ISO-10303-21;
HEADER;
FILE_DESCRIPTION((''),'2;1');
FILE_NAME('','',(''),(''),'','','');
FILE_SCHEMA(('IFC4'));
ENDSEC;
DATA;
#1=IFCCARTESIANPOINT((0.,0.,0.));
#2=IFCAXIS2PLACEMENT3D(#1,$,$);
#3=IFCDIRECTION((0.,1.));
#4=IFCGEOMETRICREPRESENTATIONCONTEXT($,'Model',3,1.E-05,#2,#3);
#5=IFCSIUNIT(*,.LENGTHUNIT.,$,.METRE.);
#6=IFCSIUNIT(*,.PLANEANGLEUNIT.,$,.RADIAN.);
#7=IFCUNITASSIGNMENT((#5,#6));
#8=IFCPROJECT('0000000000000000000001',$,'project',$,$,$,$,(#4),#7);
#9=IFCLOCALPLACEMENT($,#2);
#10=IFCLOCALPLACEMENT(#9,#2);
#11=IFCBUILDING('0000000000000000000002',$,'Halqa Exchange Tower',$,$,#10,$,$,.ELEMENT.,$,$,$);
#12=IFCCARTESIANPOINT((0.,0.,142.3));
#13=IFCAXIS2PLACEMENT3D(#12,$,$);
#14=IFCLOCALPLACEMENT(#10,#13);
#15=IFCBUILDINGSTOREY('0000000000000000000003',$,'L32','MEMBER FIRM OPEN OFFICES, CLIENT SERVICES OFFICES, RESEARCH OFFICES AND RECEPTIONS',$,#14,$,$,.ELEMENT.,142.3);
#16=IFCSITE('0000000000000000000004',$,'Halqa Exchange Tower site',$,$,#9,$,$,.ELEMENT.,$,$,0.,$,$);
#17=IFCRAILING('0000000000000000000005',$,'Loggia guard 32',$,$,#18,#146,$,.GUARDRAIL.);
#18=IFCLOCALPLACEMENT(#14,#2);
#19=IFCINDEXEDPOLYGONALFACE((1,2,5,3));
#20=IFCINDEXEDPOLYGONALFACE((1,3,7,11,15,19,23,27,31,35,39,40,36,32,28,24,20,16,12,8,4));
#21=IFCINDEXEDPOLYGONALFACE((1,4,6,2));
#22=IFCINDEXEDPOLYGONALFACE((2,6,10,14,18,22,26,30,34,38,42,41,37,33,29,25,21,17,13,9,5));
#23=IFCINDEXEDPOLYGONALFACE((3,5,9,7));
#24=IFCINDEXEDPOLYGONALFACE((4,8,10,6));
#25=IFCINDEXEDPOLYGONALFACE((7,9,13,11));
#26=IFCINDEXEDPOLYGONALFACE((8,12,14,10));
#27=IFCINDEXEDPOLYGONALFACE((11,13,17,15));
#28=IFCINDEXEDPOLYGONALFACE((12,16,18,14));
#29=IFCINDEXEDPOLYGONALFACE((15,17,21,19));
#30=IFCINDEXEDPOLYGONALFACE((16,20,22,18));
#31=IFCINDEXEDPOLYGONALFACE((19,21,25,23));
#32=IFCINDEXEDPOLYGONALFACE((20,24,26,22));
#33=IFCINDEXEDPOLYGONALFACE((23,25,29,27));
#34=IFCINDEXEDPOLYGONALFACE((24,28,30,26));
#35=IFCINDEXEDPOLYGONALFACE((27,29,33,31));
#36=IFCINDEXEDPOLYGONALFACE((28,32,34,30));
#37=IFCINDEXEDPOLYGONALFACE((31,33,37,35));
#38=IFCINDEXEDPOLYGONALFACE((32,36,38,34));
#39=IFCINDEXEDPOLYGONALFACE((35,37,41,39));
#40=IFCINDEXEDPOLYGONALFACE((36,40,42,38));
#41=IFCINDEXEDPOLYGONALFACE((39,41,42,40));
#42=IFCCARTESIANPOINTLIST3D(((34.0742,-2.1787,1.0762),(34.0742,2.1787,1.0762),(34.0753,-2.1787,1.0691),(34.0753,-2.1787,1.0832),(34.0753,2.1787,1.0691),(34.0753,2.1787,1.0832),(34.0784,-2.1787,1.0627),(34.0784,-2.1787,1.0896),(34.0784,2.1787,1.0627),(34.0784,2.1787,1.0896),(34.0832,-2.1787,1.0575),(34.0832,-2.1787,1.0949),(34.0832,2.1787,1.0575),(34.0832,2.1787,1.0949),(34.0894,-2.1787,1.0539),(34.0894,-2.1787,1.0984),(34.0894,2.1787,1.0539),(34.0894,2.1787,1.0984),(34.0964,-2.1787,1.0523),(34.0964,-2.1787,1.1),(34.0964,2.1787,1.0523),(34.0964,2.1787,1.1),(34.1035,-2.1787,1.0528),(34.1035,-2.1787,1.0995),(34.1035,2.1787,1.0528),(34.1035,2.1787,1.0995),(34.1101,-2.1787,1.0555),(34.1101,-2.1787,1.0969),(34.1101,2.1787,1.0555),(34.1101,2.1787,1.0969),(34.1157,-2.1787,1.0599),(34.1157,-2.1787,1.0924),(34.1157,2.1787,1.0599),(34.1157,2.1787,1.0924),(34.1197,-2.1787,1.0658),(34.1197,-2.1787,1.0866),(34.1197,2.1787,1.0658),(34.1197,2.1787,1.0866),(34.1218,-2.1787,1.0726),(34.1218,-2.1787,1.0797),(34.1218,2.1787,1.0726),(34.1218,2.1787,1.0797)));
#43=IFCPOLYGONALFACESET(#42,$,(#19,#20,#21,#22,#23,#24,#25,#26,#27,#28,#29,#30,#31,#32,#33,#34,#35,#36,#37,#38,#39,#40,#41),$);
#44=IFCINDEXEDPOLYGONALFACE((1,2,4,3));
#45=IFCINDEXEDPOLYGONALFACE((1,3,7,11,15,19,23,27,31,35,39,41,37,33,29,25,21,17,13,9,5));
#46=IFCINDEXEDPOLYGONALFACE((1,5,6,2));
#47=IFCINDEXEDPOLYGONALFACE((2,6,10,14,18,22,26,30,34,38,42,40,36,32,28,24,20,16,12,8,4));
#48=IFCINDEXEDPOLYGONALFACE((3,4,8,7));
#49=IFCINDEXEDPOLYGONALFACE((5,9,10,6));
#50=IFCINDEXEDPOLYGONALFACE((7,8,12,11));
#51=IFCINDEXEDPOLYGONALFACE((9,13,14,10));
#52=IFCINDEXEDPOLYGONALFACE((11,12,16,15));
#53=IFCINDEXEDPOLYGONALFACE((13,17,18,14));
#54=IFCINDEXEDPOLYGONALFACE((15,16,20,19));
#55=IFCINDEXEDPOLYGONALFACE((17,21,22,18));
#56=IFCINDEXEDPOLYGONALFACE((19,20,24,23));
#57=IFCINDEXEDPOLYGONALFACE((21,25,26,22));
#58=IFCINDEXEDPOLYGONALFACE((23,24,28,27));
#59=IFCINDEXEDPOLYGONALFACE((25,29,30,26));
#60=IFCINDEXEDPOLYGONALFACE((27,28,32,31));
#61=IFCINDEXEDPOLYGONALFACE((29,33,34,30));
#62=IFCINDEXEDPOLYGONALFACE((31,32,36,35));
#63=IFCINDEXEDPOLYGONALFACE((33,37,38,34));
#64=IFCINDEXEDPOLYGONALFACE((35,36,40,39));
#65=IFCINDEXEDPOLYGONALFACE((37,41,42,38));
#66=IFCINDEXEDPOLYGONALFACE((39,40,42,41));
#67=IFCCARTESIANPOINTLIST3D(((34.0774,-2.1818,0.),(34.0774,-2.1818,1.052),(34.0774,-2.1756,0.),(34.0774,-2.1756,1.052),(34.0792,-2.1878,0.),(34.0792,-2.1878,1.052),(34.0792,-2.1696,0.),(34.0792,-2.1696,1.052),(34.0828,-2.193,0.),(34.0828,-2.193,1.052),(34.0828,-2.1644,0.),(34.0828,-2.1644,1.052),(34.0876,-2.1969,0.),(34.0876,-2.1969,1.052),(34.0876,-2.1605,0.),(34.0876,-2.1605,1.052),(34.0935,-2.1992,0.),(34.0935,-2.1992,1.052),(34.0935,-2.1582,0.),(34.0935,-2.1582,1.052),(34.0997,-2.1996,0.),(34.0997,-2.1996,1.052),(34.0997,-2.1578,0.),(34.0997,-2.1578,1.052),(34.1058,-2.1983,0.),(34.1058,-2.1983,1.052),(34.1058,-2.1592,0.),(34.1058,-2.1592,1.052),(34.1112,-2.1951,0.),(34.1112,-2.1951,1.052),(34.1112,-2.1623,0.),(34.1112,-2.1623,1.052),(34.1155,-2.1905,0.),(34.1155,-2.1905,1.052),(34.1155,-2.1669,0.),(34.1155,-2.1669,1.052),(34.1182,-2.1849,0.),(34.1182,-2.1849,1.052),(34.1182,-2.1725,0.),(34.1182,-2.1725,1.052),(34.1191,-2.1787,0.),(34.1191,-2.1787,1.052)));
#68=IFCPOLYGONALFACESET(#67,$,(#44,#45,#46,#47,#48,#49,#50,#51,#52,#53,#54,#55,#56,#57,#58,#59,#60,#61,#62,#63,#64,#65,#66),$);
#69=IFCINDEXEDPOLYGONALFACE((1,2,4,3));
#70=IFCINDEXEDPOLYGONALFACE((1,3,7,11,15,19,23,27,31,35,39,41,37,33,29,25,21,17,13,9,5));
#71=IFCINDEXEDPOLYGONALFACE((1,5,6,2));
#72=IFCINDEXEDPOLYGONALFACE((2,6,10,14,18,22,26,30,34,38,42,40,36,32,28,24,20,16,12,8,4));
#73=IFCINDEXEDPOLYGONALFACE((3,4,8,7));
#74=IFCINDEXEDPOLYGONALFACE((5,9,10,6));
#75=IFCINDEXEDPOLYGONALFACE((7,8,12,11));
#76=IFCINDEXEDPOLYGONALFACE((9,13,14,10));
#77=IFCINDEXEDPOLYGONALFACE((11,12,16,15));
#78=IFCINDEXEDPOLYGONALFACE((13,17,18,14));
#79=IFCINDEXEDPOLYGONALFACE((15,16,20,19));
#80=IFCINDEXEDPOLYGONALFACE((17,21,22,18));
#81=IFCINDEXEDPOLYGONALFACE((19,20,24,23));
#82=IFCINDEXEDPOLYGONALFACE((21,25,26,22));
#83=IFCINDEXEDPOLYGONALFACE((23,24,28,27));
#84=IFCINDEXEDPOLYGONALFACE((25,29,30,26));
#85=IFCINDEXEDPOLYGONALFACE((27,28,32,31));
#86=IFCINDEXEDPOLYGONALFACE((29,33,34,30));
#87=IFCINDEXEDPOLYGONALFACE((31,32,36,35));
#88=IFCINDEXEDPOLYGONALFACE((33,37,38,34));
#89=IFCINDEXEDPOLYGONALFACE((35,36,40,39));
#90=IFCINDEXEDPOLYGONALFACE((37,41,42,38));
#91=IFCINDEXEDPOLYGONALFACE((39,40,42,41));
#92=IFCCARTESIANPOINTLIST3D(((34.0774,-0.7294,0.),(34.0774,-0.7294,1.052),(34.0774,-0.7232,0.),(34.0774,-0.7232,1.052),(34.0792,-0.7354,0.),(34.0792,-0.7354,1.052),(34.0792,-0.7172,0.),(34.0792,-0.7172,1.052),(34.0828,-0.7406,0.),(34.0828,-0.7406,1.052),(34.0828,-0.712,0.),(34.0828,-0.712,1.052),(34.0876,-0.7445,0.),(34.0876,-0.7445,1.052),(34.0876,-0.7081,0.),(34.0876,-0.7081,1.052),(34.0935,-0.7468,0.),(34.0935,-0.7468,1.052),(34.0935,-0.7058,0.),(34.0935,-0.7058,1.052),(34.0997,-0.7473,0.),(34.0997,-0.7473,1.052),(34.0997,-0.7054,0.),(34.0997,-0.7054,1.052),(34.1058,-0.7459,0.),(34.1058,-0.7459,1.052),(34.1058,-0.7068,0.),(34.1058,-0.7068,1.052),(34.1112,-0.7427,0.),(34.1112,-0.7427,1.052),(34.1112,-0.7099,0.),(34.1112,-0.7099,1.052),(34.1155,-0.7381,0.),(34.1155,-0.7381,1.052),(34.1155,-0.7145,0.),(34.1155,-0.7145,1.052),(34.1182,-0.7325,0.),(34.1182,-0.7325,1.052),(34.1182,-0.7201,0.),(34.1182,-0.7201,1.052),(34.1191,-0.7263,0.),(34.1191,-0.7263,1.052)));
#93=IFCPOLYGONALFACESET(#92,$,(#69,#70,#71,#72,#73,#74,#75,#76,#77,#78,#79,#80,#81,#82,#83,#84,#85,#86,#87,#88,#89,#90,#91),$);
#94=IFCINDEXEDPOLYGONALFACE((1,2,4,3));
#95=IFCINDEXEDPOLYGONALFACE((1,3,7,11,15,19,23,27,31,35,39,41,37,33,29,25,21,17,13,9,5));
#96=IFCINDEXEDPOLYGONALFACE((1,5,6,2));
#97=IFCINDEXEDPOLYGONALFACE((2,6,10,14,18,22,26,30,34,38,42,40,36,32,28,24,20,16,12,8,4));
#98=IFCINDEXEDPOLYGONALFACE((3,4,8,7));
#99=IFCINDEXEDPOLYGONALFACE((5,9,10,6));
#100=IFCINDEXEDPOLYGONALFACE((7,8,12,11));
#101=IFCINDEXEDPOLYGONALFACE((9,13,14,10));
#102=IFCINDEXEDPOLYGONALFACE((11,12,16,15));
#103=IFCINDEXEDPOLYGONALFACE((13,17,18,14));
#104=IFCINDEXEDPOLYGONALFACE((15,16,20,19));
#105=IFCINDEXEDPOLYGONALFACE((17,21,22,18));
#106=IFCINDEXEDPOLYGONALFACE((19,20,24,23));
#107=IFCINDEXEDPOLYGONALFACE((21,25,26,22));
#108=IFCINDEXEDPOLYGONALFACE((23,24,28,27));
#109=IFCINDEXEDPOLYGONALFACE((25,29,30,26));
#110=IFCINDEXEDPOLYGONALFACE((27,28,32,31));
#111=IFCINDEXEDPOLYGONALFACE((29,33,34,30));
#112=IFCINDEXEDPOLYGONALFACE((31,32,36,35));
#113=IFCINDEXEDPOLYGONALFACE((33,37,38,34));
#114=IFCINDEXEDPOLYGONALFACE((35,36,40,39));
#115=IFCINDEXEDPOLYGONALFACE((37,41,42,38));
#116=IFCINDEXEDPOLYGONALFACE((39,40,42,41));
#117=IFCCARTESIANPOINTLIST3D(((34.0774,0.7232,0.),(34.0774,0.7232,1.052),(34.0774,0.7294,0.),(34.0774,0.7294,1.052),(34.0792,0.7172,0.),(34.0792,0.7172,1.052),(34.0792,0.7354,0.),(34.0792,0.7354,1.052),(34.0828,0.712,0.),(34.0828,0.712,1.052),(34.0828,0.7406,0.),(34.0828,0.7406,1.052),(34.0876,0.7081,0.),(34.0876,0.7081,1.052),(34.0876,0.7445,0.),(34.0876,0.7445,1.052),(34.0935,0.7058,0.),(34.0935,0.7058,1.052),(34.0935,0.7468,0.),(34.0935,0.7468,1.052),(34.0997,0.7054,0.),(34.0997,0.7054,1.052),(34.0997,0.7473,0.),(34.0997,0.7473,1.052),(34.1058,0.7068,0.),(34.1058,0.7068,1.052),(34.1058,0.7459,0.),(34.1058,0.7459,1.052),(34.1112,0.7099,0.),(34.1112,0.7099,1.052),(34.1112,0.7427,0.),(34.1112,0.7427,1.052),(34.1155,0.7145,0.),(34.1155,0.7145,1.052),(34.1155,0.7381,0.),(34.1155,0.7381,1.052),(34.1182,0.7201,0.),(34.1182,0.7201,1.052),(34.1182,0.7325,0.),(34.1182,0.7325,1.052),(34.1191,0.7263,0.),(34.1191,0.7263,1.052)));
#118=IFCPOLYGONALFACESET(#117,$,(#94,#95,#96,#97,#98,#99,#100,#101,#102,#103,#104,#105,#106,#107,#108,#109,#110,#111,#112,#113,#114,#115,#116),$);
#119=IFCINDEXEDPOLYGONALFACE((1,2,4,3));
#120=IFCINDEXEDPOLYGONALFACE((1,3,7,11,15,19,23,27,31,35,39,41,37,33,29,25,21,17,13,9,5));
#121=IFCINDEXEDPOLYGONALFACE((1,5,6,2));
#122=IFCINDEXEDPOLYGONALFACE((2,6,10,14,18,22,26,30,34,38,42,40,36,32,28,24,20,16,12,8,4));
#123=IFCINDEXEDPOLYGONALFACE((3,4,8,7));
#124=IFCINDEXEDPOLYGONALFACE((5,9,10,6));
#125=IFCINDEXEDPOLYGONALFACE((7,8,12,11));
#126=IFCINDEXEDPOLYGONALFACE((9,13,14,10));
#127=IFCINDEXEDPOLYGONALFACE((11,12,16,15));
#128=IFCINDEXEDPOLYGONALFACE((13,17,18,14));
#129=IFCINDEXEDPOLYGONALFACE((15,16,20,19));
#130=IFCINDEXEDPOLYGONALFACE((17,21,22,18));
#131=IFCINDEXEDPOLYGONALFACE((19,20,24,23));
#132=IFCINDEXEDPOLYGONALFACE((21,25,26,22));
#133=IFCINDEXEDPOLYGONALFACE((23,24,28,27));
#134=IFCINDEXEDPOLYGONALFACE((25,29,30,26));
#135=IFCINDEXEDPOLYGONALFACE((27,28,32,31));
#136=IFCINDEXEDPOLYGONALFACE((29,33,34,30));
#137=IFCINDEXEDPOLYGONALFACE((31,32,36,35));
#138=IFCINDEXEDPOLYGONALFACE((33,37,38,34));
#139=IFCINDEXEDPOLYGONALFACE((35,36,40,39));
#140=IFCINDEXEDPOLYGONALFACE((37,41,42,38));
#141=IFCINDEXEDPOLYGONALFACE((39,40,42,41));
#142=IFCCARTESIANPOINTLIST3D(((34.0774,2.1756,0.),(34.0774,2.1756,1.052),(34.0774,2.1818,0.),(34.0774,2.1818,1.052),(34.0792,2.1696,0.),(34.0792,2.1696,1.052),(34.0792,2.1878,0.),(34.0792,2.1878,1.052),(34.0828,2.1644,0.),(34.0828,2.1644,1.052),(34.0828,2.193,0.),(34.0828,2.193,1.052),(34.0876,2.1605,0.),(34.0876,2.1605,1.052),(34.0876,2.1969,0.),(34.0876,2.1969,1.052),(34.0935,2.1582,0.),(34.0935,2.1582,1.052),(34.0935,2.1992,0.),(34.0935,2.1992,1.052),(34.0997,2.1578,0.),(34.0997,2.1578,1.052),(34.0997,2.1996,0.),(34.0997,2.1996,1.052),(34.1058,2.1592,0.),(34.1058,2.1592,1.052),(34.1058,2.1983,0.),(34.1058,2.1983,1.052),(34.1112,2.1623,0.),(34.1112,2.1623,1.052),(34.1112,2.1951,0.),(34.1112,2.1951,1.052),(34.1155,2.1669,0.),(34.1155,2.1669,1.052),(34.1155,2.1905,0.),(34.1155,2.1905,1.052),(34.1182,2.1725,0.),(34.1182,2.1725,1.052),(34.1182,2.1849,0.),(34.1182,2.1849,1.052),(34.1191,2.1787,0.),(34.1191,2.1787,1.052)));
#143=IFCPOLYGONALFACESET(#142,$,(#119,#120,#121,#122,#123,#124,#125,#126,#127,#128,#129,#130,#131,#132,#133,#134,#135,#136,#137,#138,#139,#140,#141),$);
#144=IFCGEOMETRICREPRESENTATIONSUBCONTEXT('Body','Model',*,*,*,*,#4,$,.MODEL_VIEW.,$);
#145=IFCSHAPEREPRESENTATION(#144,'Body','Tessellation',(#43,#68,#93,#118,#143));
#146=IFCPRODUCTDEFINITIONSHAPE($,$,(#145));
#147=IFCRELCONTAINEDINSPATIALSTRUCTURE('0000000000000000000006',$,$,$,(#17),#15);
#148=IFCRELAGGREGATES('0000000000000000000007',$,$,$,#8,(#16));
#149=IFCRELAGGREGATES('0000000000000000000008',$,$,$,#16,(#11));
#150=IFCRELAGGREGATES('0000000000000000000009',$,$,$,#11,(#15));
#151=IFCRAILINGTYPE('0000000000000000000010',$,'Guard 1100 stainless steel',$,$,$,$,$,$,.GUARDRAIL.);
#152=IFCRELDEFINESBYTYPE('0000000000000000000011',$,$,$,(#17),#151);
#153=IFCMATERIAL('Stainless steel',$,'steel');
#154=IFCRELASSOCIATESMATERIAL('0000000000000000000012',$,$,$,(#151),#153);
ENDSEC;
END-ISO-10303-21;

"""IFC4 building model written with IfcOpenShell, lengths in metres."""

from ifc_helpers import new_model, si_unit, direction, frame, origin, origin_2d, place, context, subcontext, project, spatial, circle, extrude, material, type_object, element, save


model = new_model("IFC4")

# Units and contexts
model_context = context("Model", 3, precision=1e-05, world=origin(), true_north=direction((0.0, 1.0)))
body_context = subcontext(model_context, "Body", "Model", "MODEL_VIEW")
ifc_project = project(units=[si_unit("LENGTHUNIT", "METRE"), si_unit("PLANEANGLEUNIT", "RADIAN")], contexts=[model_context])

# Site, building, storey
site_placement = place(None, origin())
site = spatial("IfcSite", under=ifc_project, at=site_placement, Name="Halqa Exchange Tower site", CompositionType="ELEMENT", RefElevation=0.0)
building_placement = place(site_placement, origin())
building = spatial("IfcBuilding", under=site, at=building_placement, Name="Halqa Exchange Tower", CompositionType="ELEMENT")
storey_placement = place(building_placement, frame((0.0, 0.0, 142.3)))
storey = spatial("IfcBuildingStorey", under=building, at=storey_placement, Name="L32", Description="MEMBER FIRM OPEN OFFICES, CLIENT SERVICES OFFICES, RESEARCH OFFICES AND RECEPTIONS", CompositionType="ELEMENT", Elevation=142.3)

# Railing
ifc_material_1 = material(Name="Stainless steel", Category="steel")
railing_type = type_object("IfcRailingType", Name="Guard 1100 stainless steel", PredefinedType="GUARDRAIL", material=ifc_material_1)
railing_1_placement = place(storey_placement, frame((34.0981, -2.1787, 0.0)))
element("IfcRailing", 1, at=railing_1_placement, inside=storey, type_object=railing_type, Name="Loggia guard 32", PredefinedType="GUARDRAIL", context=body_context, shape_type="SweptSolid", body=[
    extrude(circle(Radius=0.0239, at=origin_2d()), frame((0.0, 0.0, 1.0762), z_axis=(0.0, 1.0, 0.0), x_axis=(-1.0, 0.0, 0.0)), (0.0, 0.0, 1.0), 4.3574),
    extrude(circle(Radius=0.021, at=origin_2d()), origin(), (0.0, 0.0, 1.0), 1.052),
    extrude(circle(Radius=0.021, at=origin_2d()), frame((0.0, 1.4524, 0.0)), (0.0, 0.0, 1.0), 1.052),
    extrude(circle(Radius=0.021, at=origin_2d()), frame((0.0, 2.905, 0.0)), (0.0, 0.0, 1.0), 1.052),
    extrude(circle(Radius=0.021, at=origin_2d()), frame((0.0, 4.3574, 0.0)), (0.0, 0.0, 1.0), 1.052),
])

save(model, "model.ifc")
